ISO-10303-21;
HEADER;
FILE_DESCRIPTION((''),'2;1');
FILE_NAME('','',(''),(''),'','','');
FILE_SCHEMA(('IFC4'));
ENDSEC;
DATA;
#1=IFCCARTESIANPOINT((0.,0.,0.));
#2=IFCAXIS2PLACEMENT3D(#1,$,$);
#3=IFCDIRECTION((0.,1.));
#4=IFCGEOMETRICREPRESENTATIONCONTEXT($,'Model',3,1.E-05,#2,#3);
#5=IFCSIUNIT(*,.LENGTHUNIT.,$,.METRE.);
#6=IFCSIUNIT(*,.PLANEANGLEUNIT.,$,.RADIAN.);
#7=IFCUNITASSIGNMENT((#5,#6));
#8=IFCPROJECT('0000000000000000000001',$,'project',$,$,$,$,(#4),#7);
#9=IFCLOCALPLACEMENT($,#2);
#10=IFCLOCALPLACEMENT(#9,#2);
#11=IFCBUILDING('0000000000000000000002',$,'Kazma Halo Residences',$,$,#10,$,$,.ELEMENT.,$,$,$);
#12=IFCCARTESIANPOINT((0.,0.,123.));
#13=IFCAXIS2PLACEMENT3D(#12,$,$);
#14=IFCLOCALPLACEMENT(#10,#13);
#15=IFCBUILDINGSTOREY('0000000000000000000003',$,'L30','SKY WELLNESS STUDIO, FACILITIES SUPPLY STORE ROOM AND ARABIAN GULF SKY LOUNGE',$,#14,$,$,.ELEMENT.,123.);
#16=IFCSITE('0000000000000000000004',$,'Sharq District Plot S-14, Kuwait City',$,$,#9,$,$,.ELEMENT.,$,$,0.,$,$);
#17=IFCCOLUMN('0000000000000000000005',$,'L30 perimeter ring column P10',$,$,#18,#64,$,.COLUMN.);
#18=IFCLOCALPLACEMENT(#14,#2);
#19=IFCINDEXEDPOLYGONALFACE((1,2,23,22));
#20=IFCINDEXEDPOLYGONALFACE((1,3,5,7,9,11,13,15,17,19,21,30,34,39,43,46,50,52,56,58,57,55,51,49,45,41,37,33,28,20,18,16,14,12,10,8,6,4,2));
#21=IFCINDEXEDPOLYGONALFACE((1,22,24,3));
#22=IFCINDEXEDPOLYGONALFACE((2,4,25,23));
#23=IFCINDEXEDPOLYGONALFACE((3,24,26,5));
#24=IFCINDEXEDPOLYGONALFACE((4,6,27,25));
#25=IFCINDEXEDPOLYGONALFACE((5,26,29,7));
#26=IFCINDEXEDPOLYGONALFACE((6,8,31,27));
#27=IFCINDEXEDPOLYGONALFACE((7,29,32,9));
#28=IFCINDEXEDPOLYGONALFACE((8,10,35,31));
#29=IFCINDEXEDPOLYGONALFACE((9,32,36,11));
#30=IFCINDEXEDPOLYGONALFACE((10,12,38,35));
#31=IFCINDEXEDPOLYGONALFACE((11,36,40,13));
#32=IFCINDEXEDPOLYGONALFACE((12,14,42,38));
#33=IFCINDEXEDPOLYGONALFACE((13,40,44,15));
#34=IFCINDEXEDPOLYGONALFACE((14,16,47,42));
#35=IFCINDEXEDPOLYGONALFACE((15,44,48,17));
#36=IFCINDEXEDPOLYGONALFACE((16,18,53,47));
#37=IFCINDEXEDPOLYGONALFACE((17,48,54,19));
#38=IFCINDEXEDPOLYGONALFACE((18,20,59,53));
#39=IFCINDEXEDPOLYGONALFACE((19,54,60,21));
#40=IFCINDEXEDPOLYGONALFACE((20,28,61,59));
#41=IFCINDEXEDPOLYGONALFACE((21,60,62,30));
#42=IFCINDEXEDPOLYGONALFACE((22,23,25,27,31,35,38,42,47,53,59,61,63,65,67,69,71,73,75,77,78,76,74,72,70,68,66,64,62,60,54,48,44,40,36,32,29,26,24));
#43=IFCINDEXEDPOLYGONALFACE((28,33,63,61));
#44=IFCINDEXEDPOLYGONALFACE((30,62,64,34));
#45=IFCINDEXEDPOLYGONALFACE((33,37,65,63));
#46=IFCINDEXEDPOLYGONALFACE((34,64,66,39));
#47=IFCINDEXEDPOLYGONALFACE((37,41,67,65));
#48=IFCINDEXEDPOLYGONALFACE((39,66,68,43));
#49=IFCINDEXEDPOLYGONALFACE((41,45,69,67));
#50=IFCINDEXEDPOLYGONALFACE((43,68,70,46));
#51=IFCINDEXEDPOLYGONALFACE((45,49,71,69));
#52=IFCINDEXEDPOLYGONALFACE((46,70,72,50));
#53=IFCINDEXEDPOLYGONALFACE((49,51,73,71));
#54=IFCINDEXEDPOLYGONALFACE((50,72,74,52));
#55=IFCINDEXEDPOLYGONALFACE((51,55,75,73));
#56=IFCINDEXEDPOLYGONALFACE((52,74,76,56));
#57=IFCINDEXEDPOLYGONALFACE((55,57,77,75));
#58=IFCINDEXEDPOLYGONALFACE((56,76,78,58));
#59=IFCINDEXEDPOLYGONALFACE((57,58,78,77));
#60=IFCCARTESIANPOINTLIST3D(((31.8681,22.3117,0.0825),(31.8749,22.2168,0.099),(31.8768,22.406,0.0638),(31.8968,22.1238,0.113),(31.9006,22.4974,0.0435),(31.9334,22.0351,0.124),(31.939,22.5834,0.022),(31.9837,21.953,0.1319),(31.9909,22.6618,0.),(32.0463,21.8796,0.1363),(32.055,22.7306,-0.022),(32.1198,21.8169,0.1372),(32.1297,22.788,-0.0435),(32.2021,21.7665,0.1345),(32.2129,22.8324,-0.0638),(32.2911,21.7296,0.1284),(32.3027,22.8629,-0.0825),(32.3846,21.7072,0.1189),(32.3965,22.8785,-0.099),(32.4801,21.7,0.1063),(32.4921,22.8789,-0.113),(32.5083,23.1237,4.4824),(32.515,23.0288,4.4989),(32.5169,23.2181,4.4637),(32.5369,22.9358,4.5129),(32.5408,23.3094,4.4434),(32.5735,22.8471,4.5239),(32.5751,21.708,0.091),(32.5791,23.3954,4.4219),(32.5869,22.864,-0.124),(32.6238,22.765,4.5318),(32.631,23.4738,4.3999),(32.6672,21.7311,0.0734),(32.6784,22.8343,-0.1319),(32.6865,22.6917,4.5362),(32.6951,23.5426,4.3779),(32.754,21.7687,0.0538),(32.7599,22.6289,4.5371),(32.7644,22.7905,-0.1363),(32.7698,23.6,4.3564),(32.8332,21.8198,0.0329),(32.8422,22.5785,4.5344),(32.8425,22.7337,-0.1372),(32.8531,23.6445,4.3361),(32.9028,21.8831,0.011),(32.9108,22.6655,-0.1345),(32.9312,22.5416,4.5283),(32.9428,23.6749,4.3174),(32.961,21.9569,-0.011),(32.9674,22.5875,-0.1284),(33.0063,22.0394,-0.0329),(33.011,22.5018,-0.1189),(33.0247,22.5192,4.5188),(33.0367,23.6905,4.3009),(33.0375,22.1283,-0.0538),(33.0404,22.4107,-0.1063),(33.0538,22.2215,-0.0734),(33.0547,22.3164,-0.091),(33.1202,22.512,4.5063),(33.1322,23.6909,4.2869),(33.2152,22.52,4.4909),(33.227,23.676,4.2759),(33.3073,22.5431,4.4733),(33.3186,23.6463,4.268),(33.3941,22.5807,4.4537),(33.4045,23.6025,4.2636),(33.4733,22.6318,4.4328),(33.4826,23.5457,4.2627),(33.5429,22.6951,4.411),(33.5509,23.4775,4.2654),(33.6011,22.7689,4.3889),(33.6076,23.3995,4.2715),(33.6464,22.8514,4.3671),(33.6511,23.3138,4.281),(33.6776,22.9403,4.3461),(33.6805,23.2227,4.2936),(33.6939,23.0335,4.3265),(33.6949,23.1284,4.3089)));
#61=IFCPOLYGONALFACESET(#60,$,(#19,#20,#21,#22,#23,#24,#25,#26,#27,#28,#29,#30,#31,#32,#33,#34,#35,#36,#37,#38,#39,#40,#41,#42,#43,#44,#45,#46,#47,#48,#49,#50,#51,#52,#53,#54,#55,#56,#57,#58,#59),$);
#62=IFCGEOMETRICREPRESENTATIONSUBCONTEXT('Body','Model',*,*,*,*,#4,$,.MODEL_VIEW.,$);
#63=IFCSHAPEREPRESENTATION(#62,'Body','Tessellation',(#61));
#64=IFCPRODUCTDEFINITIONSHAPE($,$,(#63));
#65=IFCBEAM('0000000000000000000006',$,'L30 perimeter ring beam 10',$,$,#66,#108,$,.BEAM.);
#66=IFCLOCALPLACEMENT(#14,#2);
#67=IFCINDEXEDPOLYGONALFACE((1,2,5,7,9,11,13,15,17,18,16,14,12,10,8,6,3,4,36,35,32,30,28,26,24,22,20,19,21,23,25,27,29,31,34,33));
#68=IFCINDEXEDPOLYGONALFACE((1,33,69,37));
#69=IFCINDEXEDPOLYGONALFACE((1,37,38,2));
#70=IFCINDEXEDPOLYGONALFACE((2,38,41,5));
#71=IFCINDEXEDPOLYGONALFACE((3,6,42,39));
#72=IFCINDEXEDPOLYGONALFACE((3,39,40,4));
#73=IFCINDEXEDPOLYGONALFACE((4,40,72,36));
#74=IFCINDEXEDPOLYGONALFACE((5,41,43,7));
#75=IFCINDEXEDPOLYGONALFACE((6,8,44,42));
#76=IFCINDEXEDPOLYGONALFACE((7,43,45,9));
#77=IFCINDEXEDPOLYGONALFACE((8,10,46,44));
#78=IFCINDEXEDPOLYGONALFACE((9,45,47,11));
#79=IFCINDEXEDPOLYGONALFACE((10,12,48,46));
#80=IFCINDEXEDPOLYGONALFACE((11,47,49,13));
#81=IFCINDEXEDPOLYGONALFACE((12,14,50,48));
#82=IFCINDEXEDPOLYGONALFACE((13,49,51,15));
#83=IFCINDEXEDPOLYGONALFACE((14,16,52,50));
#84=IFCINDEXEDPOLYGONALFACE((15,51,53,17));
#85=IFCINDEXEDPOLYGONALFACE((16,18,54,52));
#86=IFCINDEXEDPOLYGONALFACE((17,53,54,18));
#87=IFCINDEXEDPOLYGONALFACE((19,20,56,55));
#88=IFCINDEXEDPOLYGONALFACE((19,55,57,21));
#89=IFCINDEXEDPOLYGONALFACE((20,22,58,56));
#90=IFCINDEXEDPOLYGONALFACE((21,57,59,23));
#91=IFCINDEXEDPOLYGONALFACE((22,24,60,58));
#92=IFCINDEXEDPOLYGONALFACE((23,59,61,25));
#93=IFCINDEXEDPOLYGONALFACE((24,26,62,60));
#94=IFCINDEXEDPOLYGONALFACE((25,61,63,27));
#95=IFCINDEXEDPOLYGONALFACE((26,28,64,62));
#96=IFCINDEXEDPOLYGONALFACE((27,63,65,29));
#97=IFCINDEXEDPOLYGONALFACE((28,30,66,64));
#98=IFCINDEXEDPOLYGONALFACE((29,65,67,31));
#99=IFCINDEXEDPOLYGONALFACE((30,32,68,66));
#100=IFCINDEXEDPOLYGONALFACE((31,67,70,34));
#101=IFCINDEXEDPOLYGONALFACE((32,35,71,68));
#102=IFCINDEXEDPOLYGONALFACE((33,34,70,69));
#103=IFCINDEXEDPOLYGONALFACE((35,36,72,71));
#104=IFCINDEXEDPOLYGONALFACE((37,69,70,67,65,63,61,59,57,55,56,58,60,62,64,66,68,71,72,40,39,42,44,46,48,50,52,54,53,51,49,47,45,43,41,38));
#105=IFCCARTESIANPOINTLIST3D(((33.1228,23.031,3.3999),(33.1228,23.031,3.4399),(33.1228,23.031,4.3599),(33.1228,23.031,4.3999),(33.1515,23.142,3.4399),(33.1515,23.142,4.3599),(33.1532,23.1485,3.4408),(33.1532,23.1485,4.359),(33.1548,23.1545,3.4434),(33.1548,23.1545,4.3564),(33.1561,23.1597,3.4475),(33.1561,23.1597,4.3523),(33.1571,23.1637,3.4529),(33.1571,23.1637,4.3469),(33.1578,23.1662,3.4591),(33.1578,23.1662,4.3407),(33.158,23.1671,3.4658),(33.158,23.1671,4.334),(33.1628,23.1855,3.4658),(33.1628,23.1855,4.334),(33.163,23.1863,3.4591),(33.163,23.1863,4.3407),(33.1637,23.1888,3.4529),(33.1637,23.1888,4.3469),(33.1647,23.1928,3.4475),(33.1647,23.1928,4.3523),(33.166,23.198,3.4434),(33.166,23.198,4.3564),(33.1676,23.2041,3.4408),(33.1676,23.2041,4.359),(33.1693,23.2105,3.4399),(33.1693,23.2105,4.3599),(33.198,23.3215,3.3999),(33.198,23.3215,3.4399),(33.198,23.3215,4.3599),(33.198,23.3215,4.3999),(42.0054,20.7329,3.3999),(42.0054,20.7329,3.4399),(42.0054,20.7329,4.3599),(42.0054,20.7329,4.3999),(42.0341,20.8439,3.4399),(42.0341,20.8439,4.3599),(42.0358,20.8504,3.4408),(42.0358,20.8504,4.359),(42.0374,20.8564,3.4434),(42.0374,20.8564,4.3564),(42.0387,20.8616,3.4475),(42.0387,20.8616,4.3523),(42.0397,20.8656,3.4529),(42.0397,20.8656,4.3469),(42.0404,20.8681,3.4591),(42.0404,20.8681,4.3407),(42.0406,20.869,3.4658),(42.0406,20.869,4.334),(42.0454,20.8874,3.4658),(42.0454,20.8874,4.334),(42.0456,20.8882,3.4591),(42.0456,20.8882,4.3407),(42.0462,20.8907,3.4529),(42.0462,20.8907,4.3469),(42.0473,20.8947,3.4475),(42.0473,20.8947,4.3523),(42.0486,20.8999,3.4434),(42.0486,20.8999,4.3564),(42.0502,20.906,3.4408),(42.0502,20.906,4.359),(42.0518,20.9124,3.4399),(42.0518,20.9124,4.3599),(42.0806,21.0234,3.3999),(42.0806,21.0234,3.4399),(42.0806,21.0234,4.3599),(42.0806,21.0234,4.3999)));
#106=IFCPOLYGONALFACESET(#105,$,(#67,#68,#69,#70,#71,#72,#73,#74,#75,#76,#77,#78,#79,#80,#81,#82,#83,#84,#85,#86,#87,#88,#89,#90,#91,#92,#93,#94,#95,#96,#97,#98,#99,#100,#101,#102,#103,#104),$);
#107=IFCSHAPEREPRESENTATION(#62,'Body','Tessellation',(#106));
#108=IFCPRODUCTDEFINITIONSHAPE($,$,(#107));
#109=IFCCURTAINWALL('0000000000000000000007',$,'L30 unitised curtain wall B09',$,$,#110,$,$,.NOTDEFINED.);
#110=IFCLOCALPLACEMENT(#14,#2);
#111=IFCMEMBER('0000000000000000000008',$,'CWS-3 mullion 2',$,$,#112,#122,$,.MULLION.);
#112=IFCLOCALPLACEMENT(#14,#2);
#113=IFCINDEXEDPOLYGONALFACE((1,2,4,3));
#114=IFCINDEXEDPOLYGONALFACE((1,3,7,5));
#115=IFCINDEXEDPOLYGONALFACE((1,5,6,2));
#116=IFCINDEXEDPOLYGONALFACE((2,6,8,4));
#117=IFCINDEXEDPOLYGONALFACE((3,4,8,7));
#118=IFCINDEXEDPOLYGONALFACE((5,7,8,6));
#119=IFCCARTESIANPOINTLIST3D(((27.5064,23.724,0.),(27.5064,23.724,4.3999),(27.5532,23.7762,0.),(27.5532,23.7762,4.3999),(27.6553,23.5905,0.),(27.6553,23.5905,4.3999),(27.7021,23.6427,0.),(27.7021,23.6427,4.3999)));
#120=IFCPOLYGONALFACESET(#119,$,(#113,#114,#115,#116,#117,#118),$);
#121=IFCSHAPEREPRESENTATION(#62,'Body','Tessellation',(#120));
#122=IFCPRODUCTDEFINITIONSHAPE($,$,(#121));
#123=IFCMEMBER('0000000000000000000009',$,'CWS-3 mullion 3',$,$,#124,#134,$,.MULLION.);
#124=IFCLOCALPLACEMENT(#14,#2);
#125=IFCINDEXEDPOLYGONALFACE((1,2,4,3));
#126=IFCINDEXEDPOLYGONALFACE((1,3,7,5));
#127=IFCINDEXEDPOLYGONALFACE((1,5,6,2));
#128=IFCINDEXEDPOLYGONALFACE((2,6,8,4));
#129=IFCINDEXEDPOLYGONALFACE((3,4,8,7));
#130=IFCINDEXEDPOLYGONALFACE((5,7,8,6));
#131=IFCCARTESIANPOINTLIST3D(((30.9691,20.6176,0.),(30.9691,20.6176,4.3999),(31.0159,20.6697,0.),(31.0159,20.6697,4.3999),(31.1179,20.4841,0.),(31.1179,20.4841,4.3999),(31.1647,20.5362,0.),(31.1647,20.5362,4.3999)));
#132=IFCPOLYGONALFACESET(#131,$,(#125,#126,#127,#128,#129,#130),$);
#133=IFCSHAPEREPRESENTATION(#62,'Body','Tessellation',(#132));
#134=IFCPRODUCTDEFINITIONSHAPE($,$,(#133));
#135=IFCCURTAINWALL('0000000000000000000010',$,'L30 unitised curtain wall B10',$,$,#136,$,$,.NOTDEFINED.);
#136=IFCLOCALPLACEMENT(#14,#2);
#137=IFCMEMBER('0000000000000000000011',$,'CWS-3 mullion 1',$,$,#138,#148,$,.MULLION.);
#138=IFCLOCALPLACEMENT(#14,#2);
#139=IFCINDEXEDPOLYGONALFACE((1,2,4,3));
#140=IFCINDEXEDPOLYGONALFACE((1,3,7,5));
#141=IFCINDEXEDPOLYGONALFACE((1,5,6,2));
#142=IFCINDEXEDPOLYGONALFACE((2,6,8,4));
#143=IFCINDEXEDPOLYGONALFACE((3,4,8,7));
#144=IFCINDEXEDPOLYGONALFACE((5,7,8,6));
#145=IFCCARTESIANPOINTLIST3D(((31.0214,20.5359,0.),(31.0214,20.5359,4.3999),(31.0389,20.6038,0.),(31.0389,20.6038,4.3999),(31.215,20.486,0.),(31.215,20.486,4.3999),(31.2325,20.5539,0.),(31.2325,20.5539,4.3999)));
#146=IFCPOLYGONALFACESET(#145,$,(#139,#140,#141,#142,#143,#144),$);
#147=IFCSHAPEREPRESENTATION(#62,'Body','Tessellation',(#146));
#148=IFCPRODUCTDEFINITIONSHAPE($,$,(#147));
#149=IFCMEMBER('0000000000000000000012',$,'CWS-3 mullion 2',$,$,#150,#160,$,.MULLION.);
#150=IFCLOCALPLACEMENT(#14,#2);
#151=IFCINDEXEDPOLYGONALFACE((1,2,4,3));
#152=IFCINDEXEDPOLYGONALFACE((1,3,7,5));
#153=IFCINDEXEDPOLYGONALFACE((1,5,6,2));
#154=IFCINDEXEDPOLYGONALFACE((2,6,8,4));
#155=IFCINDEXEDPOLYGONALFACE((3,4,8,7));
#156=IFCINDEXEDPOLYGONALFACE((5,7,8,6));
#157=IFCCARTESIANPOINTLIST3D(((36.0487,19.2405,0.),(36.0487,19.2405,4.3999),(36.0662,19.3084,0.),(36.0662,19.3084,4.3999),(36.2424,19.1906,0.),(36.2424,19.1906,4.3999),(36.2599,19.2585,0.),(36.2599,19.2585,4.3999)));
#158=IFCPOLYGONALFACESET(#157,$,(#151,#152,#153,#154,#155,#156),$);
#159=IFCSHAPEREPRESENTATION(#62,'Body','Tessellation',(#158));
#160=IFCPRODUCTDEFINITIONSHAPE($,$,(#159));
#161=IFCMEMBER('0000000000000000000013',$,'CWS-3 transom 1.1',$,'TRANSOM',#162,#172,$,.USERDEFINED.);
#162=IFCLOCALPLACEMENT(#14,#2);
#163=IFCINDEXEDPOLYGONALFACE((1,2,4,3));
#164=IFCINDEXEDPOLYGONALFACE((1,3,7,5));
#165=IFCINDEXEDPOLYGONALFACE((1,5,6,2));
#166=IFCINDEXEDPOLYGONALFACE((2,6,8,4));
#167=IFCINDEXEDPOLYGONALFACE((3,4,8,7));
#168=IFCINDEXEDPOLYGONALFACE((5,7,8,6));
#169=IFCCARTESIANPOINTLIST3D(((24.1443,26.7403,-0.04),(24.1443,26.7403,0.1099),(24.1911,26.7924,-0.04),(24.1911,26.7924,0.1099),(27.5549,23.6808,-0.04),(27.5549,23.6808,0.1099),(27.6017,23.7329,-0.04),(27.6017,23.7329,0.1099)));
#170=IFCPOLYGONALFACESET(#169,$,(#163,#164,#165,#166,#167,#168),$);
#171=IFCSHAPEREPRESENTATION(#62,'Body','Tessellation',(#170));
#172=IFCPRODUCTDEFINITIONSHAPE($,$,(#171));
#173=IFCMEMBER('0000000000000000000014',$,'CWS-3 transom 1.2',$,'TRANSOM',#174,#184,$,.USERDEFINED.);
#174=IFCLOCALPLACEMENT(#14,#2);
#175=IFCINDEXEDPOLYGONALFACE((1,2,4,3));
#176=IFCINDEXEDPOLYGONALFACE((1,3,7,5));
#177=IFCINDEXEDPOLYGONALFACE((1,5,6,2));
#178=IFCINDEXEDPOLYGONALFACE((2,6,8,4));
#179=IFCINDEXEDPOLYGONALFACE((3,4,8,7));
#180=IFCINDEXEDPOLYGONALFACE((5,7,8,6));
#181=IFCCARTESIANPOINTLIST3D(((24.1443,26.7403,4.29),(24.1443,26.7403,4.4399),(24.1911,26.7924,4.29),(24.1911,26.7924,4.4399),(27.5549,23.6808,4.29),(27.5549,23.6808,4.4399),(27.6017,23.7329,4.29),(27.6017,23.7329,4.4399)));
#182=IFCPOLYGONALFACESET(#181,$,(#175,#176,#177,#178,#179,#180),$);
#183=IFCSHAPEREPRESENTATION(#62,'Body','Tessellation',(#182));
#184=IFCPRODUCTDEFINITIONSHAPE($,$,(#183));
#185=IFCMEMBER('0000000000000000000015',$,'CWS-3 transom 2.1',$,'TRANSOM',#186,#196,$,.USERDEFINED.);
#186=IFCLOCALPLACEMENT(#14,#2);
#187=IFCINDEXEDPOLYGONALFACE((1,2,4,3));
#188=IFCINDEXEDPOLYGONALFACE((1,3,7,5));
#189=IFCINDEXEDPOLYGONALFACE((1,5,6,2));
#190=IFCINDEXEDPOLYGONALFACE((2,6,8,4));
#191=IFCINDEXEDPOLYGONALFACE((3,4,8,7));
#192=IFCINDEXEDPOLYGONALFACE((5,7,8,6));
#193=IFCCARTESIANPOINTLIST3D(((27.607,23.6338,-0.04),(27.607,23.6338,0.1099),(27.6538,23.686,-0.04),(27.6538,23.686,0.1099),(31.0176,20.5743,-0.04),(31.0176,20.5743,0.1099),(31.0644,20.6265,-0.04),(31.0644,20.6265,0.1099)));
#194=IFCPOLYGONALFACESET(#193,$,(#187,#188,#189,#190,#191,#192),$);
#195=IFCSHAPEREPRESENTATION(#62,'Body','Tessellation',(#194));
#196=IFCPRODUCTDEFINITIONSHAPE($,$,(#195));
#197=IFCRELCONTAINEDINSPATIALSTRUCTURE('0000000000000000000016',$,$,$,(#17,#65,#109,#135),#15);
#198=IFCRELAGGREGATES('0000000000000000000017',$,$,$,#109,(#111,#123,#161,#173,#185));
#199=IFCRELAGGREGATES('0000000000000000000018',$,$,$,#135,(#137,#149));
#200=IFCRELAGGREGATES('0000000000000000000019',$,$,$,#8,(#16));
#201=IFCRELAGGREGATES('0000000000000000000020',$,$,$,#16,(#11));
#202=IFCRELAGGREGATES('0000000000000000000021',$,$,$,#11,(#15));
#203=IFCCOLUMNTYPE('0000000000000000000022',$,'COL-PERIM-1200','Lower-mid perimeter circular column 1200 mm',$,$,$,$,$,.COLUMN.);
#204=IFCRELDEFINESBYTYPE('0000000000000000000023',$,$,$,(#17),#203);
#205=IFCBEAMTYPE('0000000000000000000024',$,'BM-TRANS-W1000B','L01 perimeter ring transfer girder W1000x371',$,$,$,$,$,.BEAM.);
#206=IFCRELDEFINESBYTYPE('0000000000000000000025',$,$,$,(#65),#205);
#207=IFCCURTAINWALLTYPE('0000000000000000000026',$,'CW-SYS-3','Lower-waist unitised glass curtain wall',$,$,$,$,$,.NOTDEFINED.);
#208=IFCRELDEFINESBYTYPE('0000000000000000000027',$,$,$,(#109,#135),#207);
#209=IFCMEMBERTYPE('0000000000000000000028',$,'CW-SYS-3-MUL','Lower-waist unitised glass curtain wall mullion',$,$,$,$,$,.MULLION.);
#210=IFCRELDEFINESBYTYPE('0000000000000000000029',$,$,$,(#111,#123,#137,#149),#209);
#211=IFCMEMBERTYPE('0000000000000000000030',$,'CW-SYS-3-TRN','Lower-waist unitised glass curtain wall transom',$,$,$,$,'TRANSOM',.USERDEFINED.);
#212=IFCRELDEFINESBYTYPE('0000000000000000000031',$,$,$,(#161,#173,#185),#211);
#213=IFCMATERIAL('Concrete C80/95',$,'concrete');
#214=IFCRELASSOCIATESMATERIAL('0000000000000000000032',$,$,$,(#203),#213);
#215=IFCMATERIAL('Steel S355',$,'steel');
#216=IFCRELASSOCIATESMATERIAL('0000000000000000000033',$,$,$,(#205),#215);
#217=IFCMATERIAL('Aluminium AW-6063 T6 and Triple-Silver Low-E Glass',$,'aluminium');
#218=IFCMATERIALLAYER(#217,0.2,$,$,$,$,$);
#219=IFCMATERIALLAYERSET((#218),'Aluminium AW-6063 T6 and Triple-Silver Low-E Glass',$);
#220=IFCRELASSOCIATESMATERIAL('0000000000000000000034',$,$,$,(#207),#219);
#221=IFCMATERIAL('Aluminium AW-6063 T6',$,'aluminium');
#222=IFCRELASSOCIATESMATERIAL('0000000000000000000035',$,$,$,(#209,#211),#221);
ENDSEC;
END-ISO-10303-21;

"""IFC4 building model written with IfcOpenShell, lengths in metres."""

from ifc_helpers import new_model, si_unit, direction, frame, origin, origin_2d, place, context, subcontext, project, spatial, rectangle, circle, i_section, extrude, material, layer, layer_set, material_profile, profile_set, type_object, element, aggregate, save


model = new_model("IFC4")

# Units and contexts
model_context = context("Model", 3, precision=1e-05, world=origin(), true_north=direction((0.0, 1.0)))
body_context = subcontext(model_context, "Body", "Model", "MODEL_VIEW")
ifc_project = project(units=[si_unit("LENGTHUNIT", "METRE"), si_unit("PLANEANGLEUNIT", "RADIAN")], contexts=[model_context])

# Site, building, storey
site_placement = place(None, origin())
site = spatial("IfcSite", under=ifc_project, at=site_placement, Name="Sharq District Plot S-14, Kuwait City", CompositionType="ELEMENT", RefElevation=0.0)
building_placement = place(site_placement, origin())
building = spatial("IfcBuilding", under=site, at=building_placement, Name="Kazma Halo Residences", CompositionType="ELEMENT")
storey_placement = place(building_placement, frame((0.0, 0.0, 123.0)))
storey = spatial("IfcBuildingStorey", under=building, at=storey_placement, Name="L30", Description="SKY WELLNESS STUDIO, FACILITIES SUPPLY STORE ROOM AND ARABIAN GULF SKY LOUNGE", CompositionType="ELEMENT", Elevation=123.0)

# Column
ifc_material_1 = material(Name="Concrete C80/95", Category="concrete")
ifc_material_profile_1 = material_profile(ifc_material_1, circle(Radius=0.6001, at=origin_2d()), Name="CIRC1200")
ifc_profile_set_1 = profile_set([ifc_material_profile_1], Name="Concrete C80/95")
column_type = type_object("IfcColumnType", Name="COL-PERIM-1200", Description="Lower-mid perimeter circular column 1200 mm", PredefinedType="COLUMN", material=ifc_profile_set_1)
column_placement = place(storey_placement, frame((32.4622, 22.2903, 0.0), z_axis=(0.141631, 0.179658, 0.97348), x_axis=(-0.785318, 0.619093, 0.0)))
element("IfcColumn", 1, at=column_placement, inside=storey, type_object=column_type, Name="L30 perimeter ring column P10", PredefinedType="COLUMN", context=body_context, shape_type="SweptSolid", body=[
    extrude(circle(Radius=0.6001, at=origin_2d()), origin(), (0.0, 0.0, 1.0), 4.5198),
])

# Beam
ifc_material_2 = material(Name="Steel S355", Category="steel")
ifc_material_profile_2 = material_profile(ifc_material_2, i_section(OverallWidth=0.3, OverallDepth=1.0, WebThickness=0.019, FlangeThickness=0.04, FilletRadius=0.0259, at=origin_2d()), Name="W1000x371")
ifc_profile_set_2 = profile_set([ifc_material_profile_2], Name="Steel S355")
beam_type = type_object("IfcBeamType", Name="BM-TRANS-W1000B", Description="L01 perimeter ring transfer girder W1000x371", PredefinedType="BEAM", material=ifc_profile_set_2)
beam_placement = place(storey_placement, frame((33.1604, 23.1763, 3.8999), z_axis=(0.968124, -0.250473, 0.0), x_axis=(0.250473, 0.968124, 0.0)))
element("IfcBeam", 2, at=beam_placement, inside=storey, type_object=beam_type, Name="L30 perimeter ring beam 10", PredefinedType="BEAM", context=body_context, shape_type="SweptSolid", body=[
    extrude(i_section(OverallWidth=0.3, OverallDepth=1.0, WebThickness=0.019, FlangeThickness=0.04, FilletRadius=0.0259, at=origin_2d()), origin(), (0.0, 0.0, 1.0), 9.175),
])

# Curtain walls, members
ifc_material_3 = material(Name="Aluminium AW-6063 T6 and Triple-Silver Low-E Glass", Category="aluminium")
ifc_layer_1 = layer(ifc_material_3, 0.2)
ifc_layer_set_1 = layer_set([ifc_layer_1], Name="Aluminium AW-6063 T6 and Triple-Silver Low-E Glass")
curtain_wall_type = type_object("IfcCurtainWallType", Name="CW-SYS-3", Description="Lower-waist unitised glass curtain wall", PredefinedType="NOTDEFINED", material=ifc_layer_set_1)
curtain_wall_1_placement = place(storey_placement, origin())
curtain_wall_1 = element("IfcCurtainWall", 3, at=curtain_wall_1_placement, inside=storey, type_object=curtain_wall_type, Name="L30 unitised curtain wall B09", PredefinedType="NOTDEFINED")
ifc_material_4 = material(Name="Aluminium AW-6063 T6", Category="aluminium")
ifc_material_profile_3 = material_profile(ifc_material_4, rectangle(XDim=0.0701, YDim=0.2, at=origin_2d()), Name="CWM-70x200")
ifc_profile_set_3 = profile_set([ifc_material_profile_3], Name="Aluminium AW-6063 T6")
member_type_1 = type_object("IfcMemberType", Name="CW-SYS-3-MUL", Description="Lower-waist unitised glass curtain wall mullion", PredefinedType="MULLION", material=ifc_profile_set_3)
member_1_placement = place(storey_placement, frame((27.6042, 23.6833, 0.0), z_axis=(0.0, 0.0, 1.0), x_axis=(0.667782, 0.744357, 0.0)))
member_1 = element("IfcMember", 4, at=member_1_placement, type_object=member_type_1, Name="CWS-3 mullion 2", PredefinedType="MULLION", context=body_context, shape_type="SweptSolid", body=[
    extrude(rectangle(XDim=0.0701, YDim=0.2, at=origin_2d()), origin(), (0.0, 0.0, 1.0), 4.3999),
])
member_2_placement = place(storey_placement, frame((31.0669, 20.5769, 0.0), z_axis=(0.0, 0.0, 1.0), x_axis=(0.667782, 0.744357, 0.0)))
member_2 = element("IfcMember", 5, at=member_2_placement, type_object=member_type_1, Name="CWS-3 mullion 3", PredefinedType="MULLION", context=body_context, shape_type="SweptSolid", body=[
    extrude(rectangle(XDim=0.0701, YDim=0.2, at=origin_2d()), origin(), (0.0, 0.0, 1.0), 4.3999),
])
curtain_wall_2_placement = place(storey_placement, origin())
curtain_wall_2 = element("IfcCurtainWall", 6, at=curtain_wall_2_placement, inside=storey, type_object=curtain_wall_type, Name="L30 unitised curtain wall B10", PredefinedType="NOTDEFINED")
member_3_placement = place(storey_placement, frame((31.127, 20.5449, 0.0), z_axis=(0.0, 0.0, 1.0), x_axis=(0.249525, 0.968368, 0.0)))
member_3 = element("IfcMember", 7, at=member_3_placement, type_object=member_type_1, Name="CWS-3 mullion 1", PredefinedType="MULLION", context=body_context, shape_type="SweptSolid", body=[
    extrude(rectangle(XDim=0.0701, YDim=0.2, at=origin_2d()), origin(), (0.0, 0.0, 1.0), 4.3999),
])
member_4_placement = place(storey_placement, frame((36.1543, 19.2495, 0.0), z_axis=(0.0, 0.0, 1.0), x_axis=(0.249525, 0.968368, 0.0)))
member_4 = element("IfcMember", 8, at=member_4_placement, type_object=member_type_1, Name="CWS-3 mullion 2", PredefinedType="MULLION", context=body_context, shape_type="SweptSolid", body=[
    extrude(rectangle(XDim=0.0701, YDim=0.2, at=origin_2d()), origin(), (0.0, 0.0, 1.0), 4.3999),
])

# Members
ifc_material_profile_4 = material_profile(ifc_material_4, rectangle(XDim=0.0701, YDim=0.1499, at=origin_2d()), Name="CWT-70x150")
ifc_profile_set_4 = profile_set([ifc_material_profile_4], Name="Aluminium AW-6063 T6")
member_type_2 = type_object("IfcMemberType", Name="CW-SYS-3-TRN", Description="Lower-waist unitised glass curtain wall transom", ElementType="TRANSOM", PredefinedType="USERDEFINED", material=ifc_profile_set_4)
member_5_placement = place(storey_placement, frame((24.1677, 26.7664, 0.0349), z_axis=(0.744379, -0.667757, 0.0), x_axis=(0.667757, 0.744379, 0.0)))
member_5 = element("IfcMember", 9, at=member_5_placement, type_object=member_type_2, Name="CWS-3 transom 1.1", ObjectType="TRANSOM", PredefinedType="USERDEFINED", context=body_context, shape_type="SweptSolid", body=[
    extrude(rectangle(XDim=0.0701, YDim=0.1499, at=origin_2d()), origin(), (0.0, 0.0, 1.0), 4.5818),
])
member_6_placement = place(storey_placement, frame((24.1677, 26.7664, 4.365), z_axis=(0.744379, -0.667757, 0.0), x_axis=(0.667757, 0.744379, 0.0)))
member_6 = element("IfcMember", 10, at=member_6_placement, type_object=member_type_2, Name="CWS-3 transom 1.2", ObjectType="TRANSOM", PredefinedType="USERDEFINED", context=body_context, shape_type="SweptSolid", body=[
    extrude(rectangle(XDim=0.0701, YDim=0.1499, at=origin_2d()), origin(), (0.0, 0.0, 1.0), 4.5818),
])
member_7_placement = place(storey_placement, frame((27.6304, 23.6599, 0.0349), z_axis=(0.744379, -0.667757, 0.0), x_axis=(0.667757, 0.744379, 0.0)))
member_7 = element("IfcMember", 11, at=member_7_placement, type_object=member_type_2, Name="CWS-3 transom 2.1", ObjectType="TRANSOM", PredefinedType="USERDEFINED", context=body_context, shape_type="SweptSolid", body=[
    extrude(rectangle(XDim=0.0701, YDim=0.1499, at=origin_2d()), origin(), (0.0, 0.0, 1.0), 4.5818),
])

aggregate(curtain_wall_1, [member_1, member_2, member_5, member_6, member_7])
aggregate(curtain_wall_2, [member_3, member_4])

save(model, "model.ifc")
